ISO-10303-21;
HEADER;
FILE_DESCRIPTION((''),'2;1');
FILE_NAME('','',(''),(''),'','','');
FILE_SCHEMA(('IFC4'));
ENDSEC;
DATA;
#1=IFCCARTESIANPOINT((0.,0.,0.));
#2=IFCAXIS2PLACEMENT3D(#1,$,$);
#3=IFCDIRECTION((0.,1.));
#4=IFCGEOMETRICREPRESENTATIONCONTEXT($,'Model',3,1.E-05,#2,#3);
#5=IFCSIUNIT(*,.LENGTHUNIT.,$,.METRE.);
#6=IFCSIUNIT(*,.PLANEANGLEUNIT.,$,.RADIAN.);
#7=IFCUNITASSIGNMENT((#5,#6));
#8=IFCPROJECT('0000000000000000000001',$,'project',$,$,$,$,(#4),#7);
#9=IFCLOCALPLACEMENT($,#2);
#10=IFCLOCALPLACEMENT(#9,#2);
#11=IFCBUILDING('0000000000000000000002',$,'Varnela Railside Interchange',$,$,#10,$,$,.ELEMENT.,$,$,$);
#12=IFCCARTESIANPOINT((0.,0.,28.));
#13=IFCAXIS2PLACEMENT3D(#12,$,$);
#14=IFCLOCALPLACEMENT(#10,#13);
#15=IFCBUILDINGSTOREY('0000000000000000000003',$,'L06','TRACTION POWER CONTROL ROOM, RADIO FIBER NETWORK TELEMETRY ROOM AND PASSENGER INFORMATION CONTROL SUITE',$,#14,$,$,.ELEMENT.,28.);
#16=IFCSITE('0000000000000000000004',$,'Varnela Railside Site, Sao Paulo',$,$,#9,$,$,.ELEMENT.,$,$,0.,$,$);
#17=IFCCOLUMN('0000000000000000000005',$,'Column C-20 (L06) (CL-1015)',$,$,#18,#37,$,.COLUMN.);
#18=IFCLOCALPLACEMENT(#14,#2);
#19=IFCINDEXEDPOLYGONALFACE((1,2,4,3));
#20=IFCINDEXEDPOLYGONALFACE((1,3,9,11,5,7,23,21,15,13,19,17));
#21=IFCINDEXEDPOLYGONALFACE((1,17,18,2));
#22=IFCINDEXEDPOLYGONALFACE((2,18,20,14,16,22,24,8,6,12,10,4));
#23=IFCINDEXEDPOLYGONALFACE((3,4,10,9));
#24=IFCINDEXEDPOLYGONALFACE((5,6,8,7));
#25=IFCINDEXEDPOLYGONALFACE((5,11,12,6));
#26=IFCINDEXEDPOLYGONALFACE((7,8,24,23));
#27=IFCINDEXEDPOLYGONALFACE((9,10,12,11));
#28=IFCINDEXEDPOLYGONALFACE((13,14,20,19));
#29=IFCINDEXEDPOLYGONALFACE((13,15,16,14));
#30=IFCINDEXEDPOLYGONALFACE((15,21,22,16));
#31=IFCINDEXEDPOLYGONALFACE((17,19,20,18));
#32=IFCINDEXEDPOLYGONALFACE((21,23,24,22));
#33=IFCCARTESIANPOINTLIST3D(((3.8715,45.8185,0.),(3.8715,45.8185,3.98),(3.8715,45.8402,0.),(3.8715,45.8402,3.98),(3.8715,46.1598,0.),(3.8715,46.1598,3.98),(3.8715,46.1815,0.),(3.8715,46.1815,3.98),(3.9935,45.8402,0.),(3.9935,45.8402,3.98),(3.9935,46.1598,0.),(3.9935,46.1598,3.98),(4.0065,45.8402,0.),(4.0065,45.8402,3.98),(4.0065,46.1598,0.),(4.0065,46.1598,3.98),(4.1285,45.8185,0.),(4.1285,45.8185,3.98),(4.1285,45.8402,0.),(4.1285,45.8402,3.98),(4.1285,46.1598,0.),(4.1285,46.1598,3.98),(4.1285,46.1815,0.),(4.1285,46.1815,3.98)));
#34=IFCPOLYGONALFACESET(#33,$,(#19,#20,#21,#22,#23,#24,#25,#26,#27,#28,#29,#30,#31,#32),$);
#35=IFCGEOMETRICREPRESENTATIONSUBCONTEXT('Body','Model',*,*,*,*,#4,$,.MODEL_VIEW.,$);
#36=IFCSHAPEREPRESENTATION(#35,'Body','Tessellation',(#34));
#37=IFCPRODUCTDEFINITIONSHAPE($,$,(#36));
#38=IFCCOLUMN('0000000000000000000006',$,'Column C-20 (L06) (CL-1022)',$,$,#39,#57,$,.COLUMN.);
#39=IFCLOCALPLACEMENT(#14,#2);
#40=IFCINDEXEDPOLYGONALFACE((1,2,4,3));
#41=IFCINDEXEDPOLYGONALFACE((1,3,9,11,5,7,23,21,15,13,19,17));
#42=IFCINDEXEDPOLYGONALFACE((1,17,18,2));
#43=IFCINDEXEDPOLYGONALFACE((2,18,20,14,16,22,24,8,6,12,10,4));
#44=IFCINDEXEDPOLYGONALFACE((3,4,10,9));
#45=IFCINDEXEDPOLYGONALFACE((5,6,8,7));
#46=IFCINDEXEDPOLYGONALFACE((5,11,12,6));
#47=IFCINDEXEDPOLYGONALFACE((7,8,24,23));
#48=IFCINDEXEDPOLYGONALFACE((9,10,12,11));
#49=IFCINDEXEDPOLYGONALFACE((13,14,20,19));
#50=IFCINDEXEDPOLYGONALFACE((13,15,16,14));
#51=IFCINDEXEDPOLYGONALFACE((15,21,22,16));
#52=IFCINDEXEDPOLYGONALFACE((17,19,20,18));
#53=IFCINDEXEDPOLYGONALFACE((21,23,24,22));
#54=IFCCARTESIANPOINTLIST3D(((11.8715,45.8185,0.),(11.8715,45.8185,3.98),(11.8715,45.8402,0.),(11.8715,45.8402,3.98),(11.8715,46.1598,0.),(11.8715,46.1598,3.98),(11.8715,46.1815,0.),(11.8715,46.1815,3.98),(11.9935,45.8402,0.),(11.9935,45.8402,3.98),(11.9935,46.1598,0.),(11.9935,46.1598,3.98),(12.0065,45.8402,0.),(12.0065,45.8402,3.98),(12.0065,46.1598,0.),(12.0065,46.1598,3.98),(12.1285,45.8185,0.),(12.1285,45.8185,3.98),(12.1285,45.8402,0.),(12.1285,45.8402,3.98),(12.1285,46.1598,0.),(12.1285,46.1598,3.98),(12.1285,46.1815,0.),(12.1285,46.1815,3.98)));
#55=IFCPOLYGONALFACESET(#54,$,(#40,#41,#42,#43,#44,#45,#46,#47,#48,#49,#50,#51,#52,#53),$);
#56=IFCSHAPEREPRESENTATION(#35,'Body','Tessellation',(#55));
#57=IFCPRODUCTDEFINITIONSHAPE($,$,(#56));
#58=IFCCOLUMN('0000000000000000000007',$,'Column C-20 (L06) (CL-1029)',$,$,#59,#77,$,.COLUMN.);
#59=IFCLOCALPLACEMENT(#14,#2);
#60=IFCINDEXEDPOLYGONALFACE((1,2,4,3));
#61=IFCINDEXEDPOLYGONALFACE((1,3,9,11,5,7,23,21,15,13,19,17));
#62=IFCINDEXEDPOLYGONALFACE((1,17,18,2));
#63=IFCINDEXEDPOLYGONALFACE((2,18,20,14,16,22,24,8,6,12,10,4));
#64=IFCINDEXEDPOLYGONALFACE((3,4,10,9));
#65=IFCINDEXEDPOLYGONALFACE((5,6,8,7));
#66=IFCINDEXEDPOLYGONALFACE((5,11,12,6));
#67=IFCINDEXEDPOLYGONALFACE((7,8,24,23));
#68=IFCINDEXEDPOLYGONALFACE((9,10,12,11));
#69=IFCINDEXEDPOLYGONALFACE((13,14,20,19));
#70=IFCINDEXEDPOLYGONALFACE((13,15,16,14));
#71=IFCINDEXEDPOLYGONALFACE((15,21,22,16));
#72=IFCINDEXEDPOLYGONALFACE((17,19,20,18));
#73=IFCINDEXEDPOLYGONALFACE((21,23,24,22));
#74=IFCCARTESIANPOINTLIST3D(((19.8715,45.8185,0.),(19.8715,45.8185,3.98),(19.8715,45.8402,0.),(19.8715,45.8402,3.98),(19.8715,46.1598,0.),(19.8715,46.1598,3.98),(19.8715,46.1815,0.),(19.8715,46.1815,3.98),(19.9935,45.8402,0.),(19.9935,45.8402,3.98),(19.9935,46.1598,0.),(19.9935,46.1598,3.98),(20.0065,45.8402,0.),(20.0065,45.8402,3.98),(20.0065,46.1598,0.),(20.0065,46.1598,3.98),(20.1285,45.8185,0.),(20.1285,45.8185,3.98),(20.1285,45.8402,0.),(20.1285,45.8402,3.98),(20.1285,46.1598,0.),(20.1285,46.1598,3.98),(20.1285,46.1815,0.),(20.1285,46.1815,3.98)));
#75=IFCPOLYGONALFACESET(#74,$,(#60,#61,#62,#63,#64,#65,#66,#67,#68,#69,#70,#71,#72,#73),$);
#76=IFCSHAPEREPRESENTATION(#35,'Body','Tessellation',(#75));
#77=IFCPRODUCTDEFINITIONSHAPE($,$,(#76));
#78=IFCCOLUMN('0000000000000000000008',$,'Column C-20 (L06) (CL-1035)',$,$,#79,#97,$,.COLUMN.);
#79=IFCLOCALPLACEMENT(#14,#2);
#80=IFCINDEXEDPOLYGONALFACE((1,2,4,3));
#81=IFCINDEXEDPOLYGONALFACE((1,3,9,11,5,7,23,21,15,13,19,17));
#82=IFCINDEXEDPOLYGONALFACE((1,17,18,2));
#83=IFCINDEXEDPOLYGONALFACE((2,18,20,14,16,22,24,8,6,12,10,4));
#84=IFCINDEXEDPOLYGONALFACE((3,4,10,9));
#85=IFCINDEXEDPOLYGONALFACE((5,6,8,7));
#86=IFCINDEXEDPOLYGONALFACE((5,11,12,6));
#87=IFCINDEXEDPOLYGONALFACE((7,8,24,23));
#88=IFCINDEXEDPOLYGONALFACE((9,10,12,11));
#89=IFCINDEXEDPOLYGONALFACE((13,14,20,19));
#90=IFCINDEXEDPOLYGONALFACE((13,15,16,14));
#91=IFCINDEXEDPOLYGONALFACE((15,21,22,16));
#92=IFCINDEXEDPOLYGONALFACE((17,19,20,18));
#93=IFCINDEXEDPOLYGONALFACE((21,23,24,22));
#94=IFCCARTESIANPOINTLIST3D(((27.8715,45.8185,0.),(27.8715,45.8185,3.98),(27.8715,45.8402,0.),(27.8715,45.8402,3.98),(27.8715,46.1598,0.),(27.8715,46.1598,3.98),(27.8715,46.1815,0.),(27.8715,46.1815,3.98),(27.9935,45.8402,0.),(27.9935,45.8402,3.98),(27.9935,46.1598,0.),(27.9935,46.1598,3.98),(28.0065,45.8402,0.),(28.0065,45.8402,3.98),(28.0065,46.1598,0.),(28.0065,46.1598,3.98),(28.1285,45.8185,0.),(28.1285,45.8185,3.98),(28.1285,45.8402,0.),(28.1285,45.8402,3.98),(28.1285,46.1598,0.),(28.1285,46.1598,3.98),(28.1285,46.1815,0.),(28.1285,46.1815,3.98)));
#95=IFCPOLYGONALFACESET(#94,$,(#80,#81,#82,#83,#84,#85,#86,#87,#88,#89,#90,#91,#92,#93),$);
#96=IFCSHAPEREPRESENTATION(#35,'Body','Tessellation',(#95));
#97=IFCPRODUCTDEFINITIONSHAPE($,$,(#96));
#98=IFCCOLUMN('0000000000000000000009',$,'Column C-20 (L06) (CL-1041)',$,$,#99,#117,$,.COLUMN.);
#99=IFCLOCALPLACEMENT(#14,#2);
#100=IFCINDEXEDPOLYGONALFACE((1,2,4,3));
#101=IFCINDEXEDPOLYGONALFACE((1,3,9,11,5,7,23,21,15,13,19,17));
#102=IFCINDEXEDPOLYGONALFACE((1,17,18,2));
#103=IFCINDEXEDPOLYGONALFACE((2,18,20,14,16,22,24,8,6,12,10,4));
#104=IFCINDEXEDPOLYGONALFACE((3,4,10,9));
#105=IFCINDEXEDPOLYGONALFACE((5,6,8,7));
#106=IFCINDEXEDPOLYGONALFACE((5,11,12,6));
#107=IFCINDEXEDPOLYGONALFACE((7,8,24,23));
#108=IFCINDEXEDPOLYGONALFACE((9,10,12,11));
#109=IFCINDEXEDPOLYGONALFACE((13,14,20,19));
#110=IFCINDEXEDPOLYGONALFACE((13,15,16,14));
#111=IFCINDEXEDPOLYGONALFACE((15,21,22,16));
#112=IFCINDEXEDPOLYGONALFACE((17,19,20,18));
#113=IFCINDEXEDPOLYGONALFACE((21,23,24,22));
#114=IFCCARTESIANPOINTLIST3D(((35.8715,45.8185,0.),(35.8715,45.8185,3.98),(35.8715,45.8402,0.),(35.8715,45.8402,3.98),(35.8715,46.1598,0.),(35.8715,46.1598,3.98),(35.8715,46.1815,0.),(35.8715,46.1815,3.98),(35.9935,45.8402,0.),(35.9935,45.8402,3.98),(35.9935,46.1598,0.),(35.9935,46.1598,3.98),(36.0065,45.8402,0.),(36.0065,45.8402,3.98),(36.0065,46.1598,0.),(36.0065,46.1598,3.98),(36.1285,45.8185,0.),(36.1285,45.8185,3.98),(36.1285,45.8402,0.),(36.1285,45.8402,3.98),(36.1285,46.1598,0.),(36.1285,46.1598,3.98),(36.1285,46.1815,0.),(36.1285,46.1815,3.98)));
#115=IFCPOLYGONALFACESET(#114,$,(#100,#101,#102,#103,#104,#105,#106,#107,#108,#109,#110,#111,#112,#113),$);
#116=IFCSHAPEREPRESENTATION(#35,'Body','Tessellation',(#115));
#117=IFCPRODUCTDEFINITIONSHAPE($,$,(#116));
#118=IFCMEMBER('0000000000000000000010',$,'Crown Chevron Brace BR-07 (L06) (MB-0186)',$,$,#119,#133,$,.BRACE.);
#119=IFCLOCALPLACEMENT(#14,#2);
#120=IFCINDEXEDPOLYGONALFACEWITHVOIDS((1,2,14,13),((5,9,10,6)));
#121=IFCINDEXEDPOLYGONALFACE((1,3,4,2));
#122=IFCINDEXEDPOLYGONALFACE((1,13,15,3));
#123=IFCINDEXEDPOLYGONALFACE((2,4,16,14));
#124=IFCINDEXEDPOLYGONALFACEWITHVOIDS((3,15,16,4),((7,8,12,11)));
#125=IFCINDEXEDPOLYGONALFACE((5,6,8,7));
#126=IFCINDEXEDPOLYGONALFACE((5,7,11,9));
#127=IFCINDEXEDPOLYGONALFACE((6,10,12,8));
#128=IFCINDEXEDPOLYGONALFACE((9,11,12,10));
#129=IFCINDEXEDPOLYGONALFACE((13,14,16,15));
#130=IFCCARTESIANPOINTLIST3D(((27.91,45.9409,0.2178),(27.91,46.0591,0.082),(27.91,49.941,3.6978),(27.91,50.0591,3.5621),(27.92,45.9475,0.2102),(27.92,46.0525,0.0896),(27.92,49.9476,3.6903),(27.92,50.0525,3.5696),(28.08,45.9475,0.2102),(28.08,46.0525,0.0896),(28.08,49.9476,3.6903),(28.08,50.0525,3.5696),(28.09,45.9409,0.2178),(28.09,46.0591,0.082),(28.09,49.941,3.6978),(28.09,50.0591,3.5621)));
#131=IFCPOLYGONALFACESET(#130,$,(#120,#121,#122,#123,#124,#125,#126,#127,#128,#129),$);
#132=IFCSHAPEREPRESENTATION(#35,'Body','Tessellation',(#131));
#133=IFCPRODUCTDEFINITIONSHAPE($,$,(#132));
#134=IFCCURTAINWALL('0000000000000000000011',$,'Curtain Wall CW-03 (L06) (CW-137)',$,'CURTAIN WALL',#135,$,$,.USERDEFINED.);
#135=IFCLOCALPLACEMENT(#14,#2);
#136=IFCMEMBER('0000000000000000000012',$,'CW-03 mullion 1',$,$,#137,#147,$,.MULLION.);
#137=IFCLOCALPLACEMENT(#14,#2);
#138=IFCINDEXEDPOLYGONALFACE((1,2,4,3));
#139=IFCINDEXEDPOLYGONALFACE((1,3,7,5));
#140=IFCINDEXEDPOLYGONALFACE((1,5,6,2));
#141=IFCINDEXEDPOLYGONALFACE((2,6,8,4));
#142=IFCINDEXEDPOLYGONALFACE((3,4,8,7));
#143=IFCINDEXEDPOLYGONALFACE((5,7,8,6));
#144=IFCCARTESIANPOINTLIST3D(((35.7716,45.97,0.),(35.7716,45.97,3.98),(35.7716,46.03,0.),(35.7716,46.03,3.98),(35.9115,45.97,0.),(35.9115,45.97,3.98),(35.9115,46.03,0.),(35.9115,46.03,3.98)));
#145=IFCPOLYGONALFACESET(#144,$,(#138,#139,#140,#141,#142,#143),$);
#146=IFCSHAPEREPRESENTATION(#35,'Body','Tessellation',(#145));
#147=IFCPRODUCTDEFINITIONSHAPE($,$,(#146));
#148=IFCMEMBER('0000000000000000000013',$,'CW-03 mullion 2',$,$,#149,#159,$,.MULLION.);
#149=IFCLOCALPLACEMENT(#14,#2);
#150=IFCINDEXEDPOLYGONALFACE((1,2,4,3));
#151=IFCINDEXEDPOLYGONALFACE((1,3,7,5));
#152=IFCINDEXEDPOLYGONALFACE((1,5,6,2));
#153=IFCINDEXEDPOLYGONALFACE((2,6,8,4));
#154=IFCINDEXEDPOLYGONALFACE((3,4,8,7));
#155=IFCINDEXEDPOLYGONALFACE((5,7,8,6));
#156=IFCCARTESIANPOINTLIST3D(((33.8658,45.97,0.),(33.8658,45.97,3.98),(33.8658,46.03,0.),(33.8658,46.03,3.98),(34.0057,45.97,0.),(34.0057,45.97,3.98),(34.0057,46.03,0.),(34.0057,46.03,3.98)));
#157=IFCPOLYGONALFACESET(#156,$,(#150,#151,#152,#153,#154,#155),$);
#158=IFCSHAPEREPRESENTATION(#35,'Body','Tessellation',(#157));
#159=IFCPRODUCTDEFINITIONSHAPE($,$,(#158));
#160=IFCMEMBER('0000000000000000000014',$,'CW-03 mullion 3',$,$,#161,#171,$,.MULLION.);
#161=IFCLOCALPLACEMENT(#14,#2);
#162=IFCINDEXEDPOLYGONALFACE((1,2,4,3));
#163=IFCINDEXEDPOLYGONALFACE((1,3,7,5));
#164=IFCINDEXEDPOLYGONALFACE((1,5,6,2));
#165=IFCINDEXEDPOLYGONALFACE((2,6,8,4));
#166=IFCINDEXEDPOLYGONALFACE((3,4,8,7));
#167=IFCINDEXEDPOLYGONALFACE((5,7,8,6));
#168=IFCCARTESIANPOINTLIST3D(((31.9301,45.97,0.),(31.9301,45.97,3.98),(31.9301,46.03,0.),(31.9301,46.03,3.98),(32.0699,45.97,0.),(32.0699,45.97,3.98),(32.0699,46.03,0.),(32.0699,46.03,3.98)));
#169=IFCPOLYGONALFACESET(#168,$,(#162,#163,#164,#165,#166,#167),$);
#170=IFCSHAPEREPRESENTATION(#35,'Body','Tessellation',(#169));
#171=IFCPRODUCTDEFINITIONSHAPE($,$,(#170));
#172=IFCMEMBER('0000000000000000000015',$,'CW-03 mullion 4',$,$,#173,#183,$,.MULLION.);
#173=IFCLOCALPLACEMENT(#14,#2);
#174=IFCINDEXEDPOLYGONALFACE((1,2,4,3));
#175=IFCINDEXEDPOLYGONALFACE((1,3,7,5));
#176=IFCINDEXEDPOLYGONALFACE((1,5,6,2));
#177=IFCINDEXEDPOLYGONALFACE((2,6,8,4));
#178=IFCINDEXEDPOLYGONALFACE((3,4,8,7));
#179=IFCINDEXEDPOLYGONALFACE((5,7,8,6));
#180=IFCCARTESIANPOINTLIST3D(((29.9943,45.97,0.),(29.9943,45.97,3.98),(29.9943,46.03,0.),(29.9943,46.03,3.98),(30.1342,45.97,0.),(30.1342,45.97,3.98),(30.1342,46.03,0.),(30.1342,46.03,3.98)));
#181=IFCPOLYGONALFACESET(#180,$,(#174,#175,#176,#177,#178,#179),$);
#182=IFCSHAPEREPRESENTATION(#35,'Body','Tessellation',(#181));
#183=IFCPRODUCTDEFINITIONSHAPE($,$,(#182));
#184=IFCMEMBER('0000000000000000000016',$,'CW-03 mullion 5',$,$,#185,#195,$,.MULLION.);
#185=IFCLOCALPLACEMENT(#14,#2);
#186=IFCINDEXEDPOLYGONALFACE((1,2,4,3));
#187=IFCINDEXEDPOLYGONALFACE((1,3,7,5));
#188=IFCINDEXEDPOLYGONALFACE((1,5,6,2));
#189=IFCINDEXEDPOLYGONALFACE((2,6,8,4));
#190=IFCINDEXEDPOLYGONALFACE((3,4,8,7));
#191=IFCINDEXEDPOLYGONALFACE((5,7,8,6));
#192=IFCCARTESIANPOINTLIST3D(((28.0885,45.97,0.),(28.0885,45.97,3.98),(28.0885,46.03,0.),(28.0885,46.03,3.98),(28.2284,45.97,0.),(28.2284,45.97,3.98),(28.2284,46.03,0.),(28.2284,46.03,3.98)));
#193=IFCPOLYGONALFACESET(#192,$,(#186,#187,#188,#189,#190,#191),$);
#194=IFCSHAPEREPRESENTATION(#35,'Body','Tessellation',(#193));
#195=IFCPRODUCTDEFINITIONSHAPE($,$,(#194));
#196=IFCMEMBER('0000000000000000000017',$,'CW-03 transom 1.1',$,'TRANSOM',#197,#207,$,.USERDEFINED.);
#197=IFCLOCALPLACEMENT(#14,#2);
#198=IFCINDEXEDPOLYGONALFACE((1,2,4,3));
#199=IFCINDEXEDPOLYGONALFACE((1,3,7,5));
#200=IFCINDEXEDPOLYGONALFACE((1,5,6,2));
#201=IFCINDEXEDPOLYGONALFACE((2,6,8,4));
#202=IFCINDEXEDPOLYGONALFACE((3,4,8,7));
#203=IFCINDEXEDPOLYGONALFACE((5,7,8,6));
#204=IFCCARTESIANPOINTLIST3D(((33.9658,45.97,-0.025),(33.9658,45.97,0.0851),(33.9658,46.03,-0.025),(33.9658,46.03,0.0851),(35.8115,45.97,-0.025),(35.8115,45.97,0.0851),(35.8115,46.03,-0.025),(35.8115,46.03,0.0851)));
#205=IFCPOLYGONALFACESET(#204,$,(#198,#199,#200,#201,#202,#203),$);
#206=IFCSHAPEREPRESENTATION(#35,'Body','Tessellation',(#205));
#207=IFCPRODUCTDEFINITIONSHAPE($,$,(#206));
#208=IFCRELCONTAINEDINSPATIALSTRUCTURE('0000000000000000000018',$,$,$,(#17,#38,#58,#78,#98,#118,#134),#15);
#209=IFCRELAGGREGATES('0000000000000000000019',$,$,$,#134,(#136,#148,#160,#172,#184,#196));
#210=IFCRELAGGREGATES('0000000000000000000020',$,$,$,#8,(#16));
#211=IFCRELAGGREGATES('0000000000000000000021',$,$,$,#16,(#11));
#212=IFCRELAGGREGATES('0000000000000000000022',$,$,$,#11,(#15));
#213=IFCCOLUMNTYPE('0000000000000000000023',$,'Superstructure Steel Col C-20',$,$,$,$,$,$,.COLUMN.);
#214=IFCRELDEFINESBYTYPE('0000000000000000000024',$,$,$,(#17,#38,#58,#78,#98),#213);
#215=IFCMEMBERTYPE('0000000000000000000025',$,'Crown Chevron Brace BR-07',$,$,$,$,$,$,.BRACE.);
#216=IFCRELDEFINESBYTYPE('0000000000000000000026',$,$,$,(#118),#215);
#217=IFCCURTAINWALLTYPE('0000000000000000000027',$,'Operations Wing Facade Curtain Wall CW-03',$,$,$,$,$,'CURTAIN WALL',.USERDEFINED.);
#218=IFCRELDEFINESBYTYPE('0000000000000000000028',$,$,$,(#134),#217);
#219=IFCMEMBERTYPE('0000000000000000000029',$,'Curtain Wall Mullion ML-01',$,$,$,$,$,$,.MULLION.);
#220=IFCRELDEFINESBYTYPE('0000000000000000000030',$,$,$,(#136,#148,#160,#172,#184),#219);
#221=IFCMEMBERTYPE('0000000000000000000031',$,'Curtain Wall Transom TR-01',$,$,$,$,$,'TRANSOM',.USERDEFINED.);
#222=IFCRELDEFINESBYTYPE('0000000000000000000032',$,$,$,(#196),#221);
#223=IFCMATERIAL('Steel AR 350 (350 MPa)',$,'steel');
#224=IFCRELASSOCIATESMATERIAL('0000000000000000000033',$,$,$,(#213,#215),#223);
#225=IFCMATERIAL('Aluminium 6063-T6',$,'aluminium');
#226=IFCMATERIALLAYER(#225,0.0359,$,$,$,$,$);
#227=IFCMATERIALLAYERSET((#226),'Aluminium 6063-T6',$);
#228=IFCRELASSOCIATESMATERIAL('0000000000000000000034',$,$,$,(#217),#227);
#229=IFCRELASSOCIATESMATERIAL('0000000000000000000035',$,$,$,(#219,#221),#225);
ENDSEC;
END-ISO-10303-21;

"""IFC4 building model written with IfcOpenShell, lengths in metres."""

from ifc_helpers import new_model, si_unit, direction, frame, origin, origin_2d, place, context, subcontext, project, spatial, rectangle, hollow_rectangle, i_section, extrude, material, layer, layer_set, material_profile, profile_set, type_object, element, aggregate, save


model = new_model("IFC4")

# Units and contexts
model_context = context("Model", 3, precision=1e-05, world=origin(), true_north=direction((0.0, 1.0)))
body_context = subcontext(model_context, "Body", "Model", "MODEL_VIEW")
ifc_project = project(units=[si_unit("LENGTHUNIT", "METRE"), si_unit("PLANEANGLEUNIT", "RADIAN")], contexts=[model_context])

# Site, building, storey
site_placement = place(None, origin())
site = spatial("IfcSite", under=ifc_project, at=site_placement, Name="Varnela Railside Site, Sao Paulo", CompositionType="ELEMENT", RefElevation=0.0)
building_placement = place(site_placement, origin())
building = spatial("IfcBuilding", under=site, at=building_placement, Name="Varnela Railside Interchange", CompositionType="ELEMENT")
storey_placement = place(building_placement, frame((0.0, 0.0, 28.0)))
storey = spatial("IfcBuildingStorey", under=building, at=storey_placement, Name="L06", Description="TRACTION POWER CONTROL ROOM, RADIO FIBER NETWORK TELEMETRY ROOM AND PASSENGER INFORMATION CONTROL SUITE", CompositionType="ELEMENT", Elevation=28.0)

# Columns
ifc_material_1 = material(Name="Steel AR 350 (350 MPa)", Category="steel")
ifc_material_profile_1 = material_profile(ifc_material_1, i_section(OverallWidth=0.2571, OverallDepth=0.363, WebThickness=0.0129, FlangeThickness=0.0217, at=origin_2d()), Name="W360x122")
ifc_profile_set_1 = profile_set([ifc_material_profile_1], Name="Steel AR 350 (350 MPa)")
column_type = type_object("IfcColumnType", Name="Superstructure Steel Col C-20", PredefinedType="COLUMN", material=ifc_profile_set_1)
for number, where, z_axis, x_axis, name in (
    (1, (4.0, 46.0, 0.0), (0.0, 0.0, 1.0), (1.0, 0.0, 0.0), "Column C-20 (L06) (CL-1015)"),
    (2, (12.0, 46.0, 0.0), (0.0, 0.0, 1.0), (1.0, 0.0, 0.0), "Column C-20 (L06) (CL-1022)"),
    (3, (20.0, 46.0, 0.0), (0.0, 0.0, 1.0), (1.0, 0.0, 0.0), "Column C-20 (L06) (CL-1029)"),
    (4, (28.0, 46.0, 0.0), (0.0, 0.0, 1.0), (1.0, 0.0, 0.0), "Column C-20 (L06) (CL-1035)"),
    (5, (36.0, 46.0, 0.0), (0.0, 0.0, 1.0), (1.0, 0.0, 0.0), "Column C-20 (L06) (CL-1041)"),
):
    element("IfcColumn", number, at=place(storey_placement, frame(where, z_axis=z_axis, x_axis=x_axis)), inside=storey, type_object=column_type, Name=name, PredefinedType="COLUMN", context=body_context, shape_type="SweptSolid", body=[
        extrude(i_section(OverallWidth=0.2571, OverallDepth=0.363, WebThickness=0.0129, FlangeThickness=0.0217, at=origin_2d()), origin(), (0.0, 0.0, 1.0), 3.98),
    ])

# Member
ifc_material_profile_2 = material_profile(ifc_material_1, hollow_rectangle(XDim=0.1799, YDim=0.1799, WallThickness=0.01, at=origin_2d()), Name="HSS 180x180x10")
ifc_profile_set_2 = profile_set([ifc_material_profile_2], Name="Steel AR 350 (350 MPa)")
member_type_1 = type_object("IfcMemberType", Name="Crown Chevron Brace BR-07", PredefinedType="BRACE", material=ifc_profile_set_2)
member_1_placement = place(storey_placement, frame((28.0, 46.0, 0.1499), z_axis=(0.0, 0.754445, 0.656363), x_axis=(-1.0, 0.0, 0.0)))
element("IfcMember", 6, at=member_1_placement, inside=storey, type_object=member_type_1, Name="Crown Chevron Brace BR-07 (L06) (MB-0186)", PredefinedType="BRACE", context=body_context, shape_type="SweptSolid", body=[
    extrude(hollow_rectangle(XDim=0.1799, YDim=0.1799, WallThickness=0.01, at=origin_2d()), origin(), (0.0, 0.0, 1.0), 5.302),
])

# Curtain wall, members
ifc_material_2 = material(Name="Aluminium 6063-T6", Category="aluminium")
ifc_layer_1 = layer(ifc_material_2, 0.0359)
ifc_layer_set_1 = layer_set([ifc_layer_1], Name="Aluminium 6063-T6")
curtain_wall_type = type_object("IfcCurtainWallType", Name="Operations Wing Facade Curtain Wall CW-03", ElementType="CURTAIN WALL", PredefinedType="USERDEFINED", material=ifc_layer_set_1)
curtain_wall_placement = place(storey_placement, origin())
curtain_wall = element("IfcCurtainWall", 7, at=curtain_wall_placement, inside=storey, type_object=curtain_wall_type, Name="Curtain Wall CW-03 (L06) (CW-137)", ObjectType="CURTAIN WALL", PredefinedType="USERDEFINED")
ifc_material_profile_3 = material_profile(ifc_material_2, rectangle(XDim=0.0601, YDim=0.1399, at=origin_2d()), Name="ALU 60x140")
ifc_profile_set_3 = profile_set([ifc_material_profile_3], Name="Aluminium 6063-T6")
member_type_2 = type_object("IfcMemberType", Name="Curtain Wall Mullion ML-01", PredefinedType="MULLION", material=ifc_profile_set_3)
member_2_placement = place(storey_placement, frame((35.8416, 46.0, 0.0), z_axis=(0.0, 0.0, 1.0), x_axis=(0.0, -1.0, 0.0)))
member_2 = element("IfcMember", 8, at=member_2_placement, type_object=member_type_2, Name="CW-03 mullion 1", PredefinedType="MULLION", context=body_context, shape_type="SweptSolid", body=[
    extrude(rectangle(XDim=0.0601, YDim=0.1399, at=origin_2d()), origin(), (0.0, 0.0, 1.0), 3.98),
])
member_3_placement = place(storey_placement, frame((33.9358, 46.0, 0.0), z_axis=(0.0, 0.0, 1.0), x_axis=(0.0, -1.0, 0.0)))
member_3 = element("IfcMember", 9, at=member_3_placement, type_object=member_type_2, Name="CW-03 mullion 2", PredefinedType="MULLION", context=body_context, shape_type="SweptSolid", body=[
    extrude(rectangle(XDim=0.0601, YDim=0.1399, at=origin_2d()), origin(), (0.0, 0.0, 1.0), 3.98),
])
member_4_placement = place(storey_placement, frame((32.0, 46.0, 0.0), z_axis=(0.0, 0.0, 1.0), x_axis=(0.0, -1.0, 0.0)))
member_4 = element("IfcMember", 10, at=member_4_placement, type_object=member_type_2, Name="CW-03 mullion 3", PredefinedType="MULLION", context=body_context, shape_type="SweptSolid", body=[
    extrude(rectangle(XDim=0.0601, YDim=0.1399, at=origin_2d()), origin(), (0.0, 0.0, 1.0), 3.98),
])
member_5_placement = place(storey_placement, frame((30.0642, 46.0, 0.0), z_axis=(0.0, 0.0, 1.0), x_axis=(0.0, -1.0, 0.0)))
member_5 = element("IfcMember", 11, at=member_5_placement, type_object=member_type_2, Name="CW-03 mullion 4", PredefinedType="MULLION", context=body_context, shape_type="SweptSolid", body=[
    extrude(rectangle(XDim=0.0601, YDim=0.1399, at=origin_2d()), origin(), (0.0, 0.0, 1.0), 3.98),
])
member_6_placement = place(storey_placement, frame((28.1584, 46.0, 0.0), z_axis=(0.0, 0.0, 1.0), x_axis=(0.0, -1.0, 0.0)))
member_6 = element("IfcMember", 12, at=member_6_placement, type_object=member_type_2, Name="CW-03 mullion 5", PredefinedType="MULLION", context=body_context, shape_type="SweptSolid", body=[
    extrude(rectangle(XDim=0.0601, YDim=0.1399, at=origin_2d()), origin(), (0.0, 0.0, 1.0), 3.98),
])
ifc_material_profile_4 = material_profile(ifc_material_2, rectangle(XDim=0.0601, YDim=0.1101, at=origin_2d()), Name="ALU 60x110")
ifc_profile_set_4 = profile_set([ifc_material_profile_4], Name="Aluminium 6063-T6")
member_type_3 = type_object("IfcMemberType", Name="Curtain Wall Transom TR-01", ElementType="TRANSOM", PredefinedType="USERDEFINED", material=ifc_profile_set_4)
member_7_placement = place(storey_placement, frame((35.8115, 46.0, 0.03), z_axis=(-1.0, 0.0, 0.0), x_axis=(0.0, -1.0, 0.0)))
member_7 = element("IfcMember", 13, at=member_7_placement, type_object=member_type_3, Name="CW-03 transom 1.1", ObjectType="TRANSOM", PredefinedType="USERDEFINED", context=body_context, shape_type="SweptSolid", body=[
    extrude(rectangle(XDim=0.0601, YDim=0.1101, at=origin_2d()), origin(), (0.0, 0.0, 1.0), 1.8457),
])

aggregate(curtain_wall, [member_2, member_3, member_4, member_5, member_6, member_7])

save(model, "model.ifc")
